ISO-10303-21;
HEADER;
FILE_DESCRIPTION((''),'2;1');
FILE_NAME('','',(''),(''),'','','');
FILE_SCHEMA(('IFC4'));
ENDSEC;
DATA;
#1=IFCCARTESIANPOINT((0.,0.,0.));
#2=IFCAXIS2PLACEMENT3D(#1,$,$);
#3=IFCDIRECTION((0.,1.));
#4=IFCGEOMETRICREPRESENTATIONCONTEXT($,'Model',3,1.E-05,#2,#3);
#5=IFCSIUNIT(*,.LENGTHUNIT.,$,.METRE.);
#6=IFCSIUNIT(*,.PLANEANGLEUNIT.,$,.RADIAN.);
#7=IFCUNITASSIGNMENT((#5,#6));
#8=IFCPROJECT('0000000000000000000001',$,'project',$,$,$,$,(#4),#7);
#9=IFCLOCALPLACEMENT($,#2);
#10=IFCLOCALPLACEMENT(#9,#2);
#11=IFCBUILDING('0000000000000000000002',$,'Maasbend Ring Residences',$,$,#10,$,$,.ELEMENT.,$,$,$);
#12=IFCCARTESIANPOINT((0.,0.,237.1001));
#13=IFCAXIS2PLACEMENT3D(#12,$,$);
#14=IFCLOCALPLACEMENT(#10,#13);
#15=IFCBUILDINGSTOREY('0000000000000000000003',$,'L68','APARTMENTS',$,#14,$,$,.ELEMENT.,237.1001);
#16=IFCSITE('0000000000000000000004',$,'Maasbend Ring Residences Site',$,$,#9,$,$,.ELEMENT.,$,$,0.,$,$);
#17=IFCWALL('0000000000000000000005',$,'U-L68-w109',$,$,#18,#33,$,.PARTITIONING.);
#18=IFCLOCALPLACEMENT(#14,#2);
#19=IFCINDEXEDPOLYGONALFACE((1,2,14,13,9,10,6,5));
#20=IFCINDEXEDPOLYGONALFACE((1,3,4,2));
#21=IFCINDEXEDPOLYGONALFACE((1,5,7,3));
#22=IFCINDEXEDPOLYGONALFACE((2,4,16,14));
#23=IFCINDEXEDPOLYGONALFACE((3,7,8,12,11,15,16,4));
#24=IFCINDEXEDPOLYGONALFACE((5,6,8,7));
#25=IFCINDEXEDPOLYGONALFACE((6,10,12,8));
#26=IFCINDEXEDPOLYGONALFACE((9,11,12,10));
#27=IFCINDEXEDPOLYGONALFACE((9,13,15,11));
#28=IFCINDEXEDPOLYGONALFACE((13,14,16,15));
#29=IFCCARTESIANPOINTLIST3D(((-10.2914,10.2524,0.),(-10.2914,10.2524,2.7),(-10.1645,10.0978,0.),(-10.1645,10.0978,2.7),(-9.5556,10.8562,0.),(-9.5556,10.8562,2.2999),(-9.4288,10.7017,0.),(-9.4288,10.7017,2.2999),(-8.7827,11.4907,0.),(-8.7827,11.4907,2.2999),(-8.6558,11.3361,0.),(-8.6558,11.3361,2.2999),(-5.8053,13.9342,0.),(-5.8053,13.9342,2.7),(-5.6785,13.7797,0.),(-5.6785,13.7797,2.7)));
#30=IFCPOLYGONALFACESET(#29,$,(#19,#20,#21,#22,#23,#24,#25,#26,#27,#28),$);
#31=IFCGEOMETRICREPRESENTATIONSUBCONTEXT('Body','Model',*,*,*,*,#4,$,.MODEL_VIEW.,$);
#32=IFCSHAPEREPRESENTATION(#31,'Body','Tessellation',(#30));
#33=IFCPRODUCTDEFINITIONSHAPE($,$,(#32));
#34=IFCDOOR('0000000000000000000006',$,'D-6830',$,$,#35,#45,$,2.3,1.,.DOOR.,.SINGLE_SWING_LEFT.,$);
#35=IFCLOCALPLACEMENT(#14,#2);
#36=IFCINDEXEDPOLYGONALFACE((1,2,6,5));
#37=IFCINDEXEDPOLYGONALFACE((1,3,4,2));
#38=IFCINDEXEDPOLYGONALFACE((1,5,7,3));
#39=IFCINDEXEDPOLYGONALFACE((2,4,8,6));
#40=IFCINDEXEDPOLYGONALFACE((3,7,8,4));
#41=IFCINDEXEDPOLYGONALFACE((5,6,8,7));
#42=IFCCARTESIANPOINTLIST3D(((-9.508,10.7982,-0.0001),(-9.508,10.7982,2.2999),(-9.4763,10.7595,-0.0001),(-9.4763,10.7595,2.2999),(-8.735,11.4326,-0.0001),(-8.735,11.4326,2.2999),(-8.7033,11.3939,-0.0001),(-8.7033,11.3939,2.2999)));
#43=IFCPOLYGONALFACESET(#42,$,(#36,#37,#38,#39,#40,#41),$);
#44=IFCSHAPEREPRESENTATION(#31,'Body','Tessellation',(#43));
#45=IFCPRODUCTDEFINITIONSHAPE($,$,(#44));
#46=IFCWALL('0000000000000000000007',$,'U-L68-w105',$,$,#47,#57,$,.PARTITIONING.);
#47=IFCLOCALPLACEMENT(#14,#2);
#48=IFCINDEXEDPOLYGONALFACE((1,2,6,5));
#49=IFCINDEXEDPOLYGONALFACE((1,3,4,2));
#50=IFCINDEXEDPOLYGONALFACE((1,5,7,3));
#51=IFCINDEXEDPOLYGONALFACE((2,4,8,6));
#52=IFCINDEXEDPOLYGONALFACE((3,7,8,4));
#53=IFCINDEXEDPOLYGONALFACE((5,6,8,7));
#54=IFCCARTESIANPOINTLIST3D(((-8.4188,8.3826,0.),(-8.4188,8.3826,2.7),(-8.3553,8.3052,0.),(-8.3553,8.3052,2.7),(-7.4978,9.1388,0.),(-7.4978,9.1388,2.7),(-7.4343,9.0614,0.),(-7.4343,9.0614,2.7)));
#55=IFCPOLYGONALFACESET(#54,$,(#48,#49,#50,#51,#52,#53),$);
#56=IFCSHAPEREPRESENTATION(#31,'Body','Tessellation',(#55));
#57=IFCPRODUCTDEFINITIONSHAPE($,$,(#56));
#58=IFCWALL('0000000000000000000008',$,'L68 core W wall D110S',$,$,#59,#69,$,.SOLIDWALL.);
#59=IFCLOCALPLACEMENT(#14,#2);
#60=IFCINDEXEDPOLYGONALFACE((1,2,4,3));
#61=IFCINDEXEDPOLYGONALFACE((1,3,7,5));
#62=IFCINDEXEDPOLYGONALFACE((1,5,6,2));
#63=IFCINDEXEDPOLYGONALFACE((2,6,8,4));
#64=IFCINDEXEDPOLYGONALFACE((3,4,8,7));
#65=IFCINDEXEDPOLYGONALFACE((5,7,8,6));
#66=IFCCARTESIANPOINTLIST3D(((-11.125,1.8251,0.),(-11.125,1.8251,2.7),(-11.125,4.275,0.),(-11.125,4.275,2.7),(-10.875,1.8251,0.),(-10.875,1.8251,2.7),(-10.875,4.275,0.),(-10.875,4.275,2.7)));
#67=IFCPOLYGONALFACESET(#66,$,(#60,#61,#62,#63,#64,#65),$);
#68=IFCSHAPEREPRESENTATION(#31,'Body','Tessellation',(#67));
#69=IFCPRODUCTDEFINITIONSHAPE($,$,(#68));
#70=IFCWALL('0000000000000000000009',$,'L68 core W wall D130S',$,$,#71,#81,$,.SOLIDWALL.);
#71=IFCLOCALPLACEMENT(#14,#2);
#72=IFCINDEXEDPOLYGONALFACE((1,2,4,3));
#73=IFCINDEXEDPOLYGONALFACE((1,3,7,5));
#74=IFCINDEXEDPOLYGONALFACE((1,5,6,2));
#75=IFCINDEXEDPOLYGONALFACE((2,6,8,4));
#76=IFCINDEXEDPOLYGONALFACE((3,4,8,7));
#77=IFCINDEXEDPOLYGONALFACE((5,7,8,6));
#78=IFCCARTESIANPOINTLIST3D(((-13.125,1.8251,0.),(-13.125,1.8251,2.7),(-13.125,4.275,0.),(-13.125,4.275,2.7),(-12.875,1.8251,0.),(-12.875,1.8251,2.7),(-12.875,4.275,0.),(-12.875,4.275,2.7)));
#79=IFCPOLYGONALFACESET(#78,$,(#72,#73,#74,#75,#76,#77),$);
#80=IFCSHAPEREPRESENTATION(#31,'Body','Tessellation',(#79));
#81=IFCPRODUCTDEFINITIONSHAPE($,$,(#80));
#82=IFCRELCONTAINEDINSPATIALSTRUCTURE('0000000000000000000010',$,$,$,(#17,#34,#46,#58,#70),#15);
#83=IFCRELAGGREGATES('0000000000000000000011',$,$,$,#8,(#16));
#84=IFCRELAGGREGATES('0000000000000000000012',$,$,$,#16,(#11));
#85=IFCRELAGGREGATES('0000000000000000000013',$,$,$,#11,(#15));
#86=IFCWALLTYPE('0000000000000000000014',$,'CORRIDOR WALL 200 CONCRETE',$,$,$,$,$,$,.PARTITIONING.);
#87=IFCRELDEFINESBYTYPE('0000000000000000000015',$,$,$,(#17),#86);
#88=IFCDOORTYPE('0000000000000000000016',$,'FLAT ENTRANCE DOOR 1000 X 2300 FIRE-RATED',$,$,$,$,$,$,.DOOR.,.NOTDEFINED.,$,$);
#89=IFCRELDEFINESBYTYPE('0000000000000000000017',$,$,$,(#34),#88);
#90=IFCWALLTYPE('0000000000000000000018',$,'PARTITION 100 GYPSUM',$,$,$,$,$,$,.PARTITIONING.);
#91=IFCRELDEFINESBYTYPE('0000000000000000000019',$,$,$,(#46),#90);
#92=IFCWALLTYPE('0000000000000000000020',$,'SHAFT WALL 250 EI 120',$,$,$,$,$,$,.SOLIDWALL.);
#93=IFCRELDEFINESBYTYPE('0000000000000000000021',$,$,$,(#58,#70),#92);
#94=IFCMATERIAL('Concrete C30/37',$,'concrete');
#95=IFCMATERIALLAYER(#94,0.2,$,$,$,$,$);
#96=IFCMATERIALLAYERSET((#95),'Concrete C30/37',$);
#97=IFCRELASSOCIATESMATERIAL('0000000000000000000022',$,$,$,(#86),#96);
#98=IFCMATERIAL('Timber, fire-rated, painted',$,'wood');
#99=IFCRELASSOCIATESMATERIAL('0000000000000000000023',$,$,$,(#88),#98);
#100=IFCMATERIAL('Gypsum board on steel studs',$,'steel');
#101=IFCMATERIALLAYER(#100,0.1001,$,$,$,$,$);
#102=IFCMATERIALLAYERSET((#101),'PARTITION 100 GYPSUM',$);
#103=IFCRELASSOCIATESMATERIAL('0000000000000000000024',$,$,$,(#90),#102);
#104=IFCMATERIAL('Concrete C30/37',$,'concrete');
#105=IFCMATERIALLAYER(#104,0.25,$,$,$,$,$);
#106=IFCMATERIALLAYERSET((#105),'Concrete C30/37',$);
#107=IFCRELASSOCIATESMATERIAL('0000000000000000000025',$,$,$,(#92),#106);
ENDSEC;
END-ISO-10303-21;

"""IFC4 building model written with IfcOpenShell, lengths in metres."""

from ifc_helpers import new_model, si_unit, direction, frame, frame_2d, origin, place, context, subcontext, project, spatial, rectangle, extrude, material, layer, layer_set, type_object, element, fill, save


model = new_model("IFC4")

# Units and contexts
model_context = context("Model", 3, precision=1e-05, world=origin(), true_north=direction((0.0, 1.0)))
body_context = subcontext(model_context, "Body", "Model", "MODEL_VIEW")
ifc_project = project(units=[si_unit("LENGTHUNIT", "METRE"), si_unit("PLANEANGLEUNIT", "RADIAN")], contexts=[model_context])

# Site, building, storey
site_placement = place(None, origin())
site = spatial("IfcSite", under=ifc_project, at=site_placement, Name="Maasbend Ring Residences Site", CompositionType="ELEMENT", RefElevation=0.0)
building_placement = place(site_placement, origin())
building = spatial("IfcBuilding", under=site, at=building_placement, Name="Maasbend Ring Residences", CompositionType="ELEMENT")
storey_placement = place(building_placement, frame((0.0, 0.0, 237.1001)))
storey = spatial("IfcBuildingStorey", under=building, at=storey_placement, Name="L68", Description="APARTMENTS", CompositionType="ELEMENT", Elevation=237.1001)

# Wall, opening, door
ifc_material_1 = material(Name="Concrete C30/37", Category="concrete")
ifc_layer_1 = layer(ifc_material_1, 0.2)
ifc_layer_set_1 = layer_set([ifc_layer_1], Name="Concrete C30/37")
wall_type_1 = type_object("IfcWallType", Name="CORRIDOR WALL 200 CONCRETE", PredefinedType="PARTITIONING", material=ifc_layer_set_1)
wall_1_placement = place(storey_placement, frame((-10.228, 10.175, 0.0), z_axis=(0.0, 0.0, 1.0), x_axis=(0.772989, 0.634419, 0.0)))
wall_1 = element("IfcWall", 1, at=wall_1_placement, inside=storey, type_object=wall_type_1, Name="U-L68-w109", PredefinedType="PARTITIONING", context=body_context, shape_type="SweptSolid", body=[
    extrude(rectangle(XDim=5.8035, YDim=0.2, at=frame_2d((2.9019, 0.0))), origin(), (0.0, 0.0, 1.0), 2.7),
])
opening_1_placement = place(wall_1_placement, frame((0.9519, 0.0, 0.0)))
opening_1 = element("IfcOpeningElement", 2, at=opening_1_placement, cuts=wall_1, PredefinedType="OPENING", context=body_context, shape_type="SweptSolid", body=[
    extrude(rectangle(XDim=1.0, YDim=2.3, at=frame_2d((0.5, 1.1499))), frame((0.0, 0.1099, 0.0), z_axis=(0.0, -1.0, 0.0), x_axis=(1.0, 0.0, 0.0)), (0.0, 0.0, 1.0), 0.22),
])
ifc_material_2 = material(Name="Timber, fire-rated, painted", Category="wood")
door_type_1 = type_object("IfcDoorType", Name="FLAT ENTRANCE DOOR 1000 X 2300 FIRE-RATED", OperationType="NOTDEFINED", PredefinedType="DOOR", material=ifc_material_2)
door_1_placement = place(opening_1_placement, origin())
door_1 = element("IfcDoor", 3, at=door_1_placement, inside=storey, type_object=door_type_1, Name="D-6830", OperationType="SINGLE_SWING_LEFT", OverallHeight=2.3, OverallWidth=1.0, PredefinedType="DOOR", context=body_context, shape_type="SweptSolid", body=[
    extrude(rectangle(XDim=1.0, YDim=2.3, at=frame_2d((0.5, 1.1499))), frame((0.0, 0.0249, 0.0), z_axis=(0.0, -1.0, 0.0), x_axis=(1.0, 0.0, 0.0)), (0.0, 0.0, 1.0), 0.05),
])
fill(opening_1, door_1)

# Walls
ifc_material_3 = material(Name="Gypsum board on steel studs", Category="steel")
ifc_layer_2 = layer(ifc_material_3, 0.1001)
ifc_layer_set_2 = layer_set([ifc_layer_2], Name="PARTITION 100 GYPSUM")
wall_type_2 = type_object("IfcWallType", Name="PARTITION 100 GYPSUM", PredefinedType="PARTITIONING", material=ifc_layer_set_2)
wall_2_placement = place(storey_placement, frame((-8.387, 8.344, 0.0), z_axis=(0.0, 0.0, 1.0), x_axis=(0.77287, 0.634565, 0.0)))
element("IfcWall", 4, at=wall_2_placement, inside=storey, type_object=wall_type_2, Name="U-L68-w105", PredefinedType="PARTITIONING", context=body_context, shape_type="SweptSolid", body=[
    extrude(rectangle(XDim=1.1917, YDim=0.1001, at=frame_2d((0.5957, 0.0))), origin(), (0.0, 0.0, 1.0), 2.7),
])
ifc_material_4 = material(Name="Concrete C30/37", Category="concrete")
ifc_layer_3 = layer(ifc_material_4, 0.25)
ifc_layer_set_3 = layer_set([ifc_layer_3], Name="Concrete C30/37")
wall_type_3 = type_object("IfcWallType", Name="SHAFT WALL 250 EI 120", PredefinedType="SOLIDWALL", material=ifc_layer_set_3)
for number, where, z_axis, x_axis, name in (
    (5, (-11.0, 1.825, 0.0), (0.0, 0.0, 1.0), (0.0, 1.0, 0.0), "L68 core W wall D110S"),
    (6, (-13.0, 1.825, 0.0), (0.0, 0.0, 1.0), (0.0, 1.0, 0.0), "L68 core W wall D130S"),
):
    element("IfcWall", number, at=place(storey_placement, frame(where, z_axis=z_axis, x_axis=x_axis)), inside=storey, type_object=wall_type_3, Name=name, PredefinedType="SOLIDWALL", context=body_context, shape_type="SweptSolid", body=[
        extrude(rectangle(XDim=2.45, YDim=0.25, at=frame_2d((1.2251, 0.0))), origin(), (0.0, 0.0, 1.0), 2.7),
    ])

save(model, "model.ifc")
